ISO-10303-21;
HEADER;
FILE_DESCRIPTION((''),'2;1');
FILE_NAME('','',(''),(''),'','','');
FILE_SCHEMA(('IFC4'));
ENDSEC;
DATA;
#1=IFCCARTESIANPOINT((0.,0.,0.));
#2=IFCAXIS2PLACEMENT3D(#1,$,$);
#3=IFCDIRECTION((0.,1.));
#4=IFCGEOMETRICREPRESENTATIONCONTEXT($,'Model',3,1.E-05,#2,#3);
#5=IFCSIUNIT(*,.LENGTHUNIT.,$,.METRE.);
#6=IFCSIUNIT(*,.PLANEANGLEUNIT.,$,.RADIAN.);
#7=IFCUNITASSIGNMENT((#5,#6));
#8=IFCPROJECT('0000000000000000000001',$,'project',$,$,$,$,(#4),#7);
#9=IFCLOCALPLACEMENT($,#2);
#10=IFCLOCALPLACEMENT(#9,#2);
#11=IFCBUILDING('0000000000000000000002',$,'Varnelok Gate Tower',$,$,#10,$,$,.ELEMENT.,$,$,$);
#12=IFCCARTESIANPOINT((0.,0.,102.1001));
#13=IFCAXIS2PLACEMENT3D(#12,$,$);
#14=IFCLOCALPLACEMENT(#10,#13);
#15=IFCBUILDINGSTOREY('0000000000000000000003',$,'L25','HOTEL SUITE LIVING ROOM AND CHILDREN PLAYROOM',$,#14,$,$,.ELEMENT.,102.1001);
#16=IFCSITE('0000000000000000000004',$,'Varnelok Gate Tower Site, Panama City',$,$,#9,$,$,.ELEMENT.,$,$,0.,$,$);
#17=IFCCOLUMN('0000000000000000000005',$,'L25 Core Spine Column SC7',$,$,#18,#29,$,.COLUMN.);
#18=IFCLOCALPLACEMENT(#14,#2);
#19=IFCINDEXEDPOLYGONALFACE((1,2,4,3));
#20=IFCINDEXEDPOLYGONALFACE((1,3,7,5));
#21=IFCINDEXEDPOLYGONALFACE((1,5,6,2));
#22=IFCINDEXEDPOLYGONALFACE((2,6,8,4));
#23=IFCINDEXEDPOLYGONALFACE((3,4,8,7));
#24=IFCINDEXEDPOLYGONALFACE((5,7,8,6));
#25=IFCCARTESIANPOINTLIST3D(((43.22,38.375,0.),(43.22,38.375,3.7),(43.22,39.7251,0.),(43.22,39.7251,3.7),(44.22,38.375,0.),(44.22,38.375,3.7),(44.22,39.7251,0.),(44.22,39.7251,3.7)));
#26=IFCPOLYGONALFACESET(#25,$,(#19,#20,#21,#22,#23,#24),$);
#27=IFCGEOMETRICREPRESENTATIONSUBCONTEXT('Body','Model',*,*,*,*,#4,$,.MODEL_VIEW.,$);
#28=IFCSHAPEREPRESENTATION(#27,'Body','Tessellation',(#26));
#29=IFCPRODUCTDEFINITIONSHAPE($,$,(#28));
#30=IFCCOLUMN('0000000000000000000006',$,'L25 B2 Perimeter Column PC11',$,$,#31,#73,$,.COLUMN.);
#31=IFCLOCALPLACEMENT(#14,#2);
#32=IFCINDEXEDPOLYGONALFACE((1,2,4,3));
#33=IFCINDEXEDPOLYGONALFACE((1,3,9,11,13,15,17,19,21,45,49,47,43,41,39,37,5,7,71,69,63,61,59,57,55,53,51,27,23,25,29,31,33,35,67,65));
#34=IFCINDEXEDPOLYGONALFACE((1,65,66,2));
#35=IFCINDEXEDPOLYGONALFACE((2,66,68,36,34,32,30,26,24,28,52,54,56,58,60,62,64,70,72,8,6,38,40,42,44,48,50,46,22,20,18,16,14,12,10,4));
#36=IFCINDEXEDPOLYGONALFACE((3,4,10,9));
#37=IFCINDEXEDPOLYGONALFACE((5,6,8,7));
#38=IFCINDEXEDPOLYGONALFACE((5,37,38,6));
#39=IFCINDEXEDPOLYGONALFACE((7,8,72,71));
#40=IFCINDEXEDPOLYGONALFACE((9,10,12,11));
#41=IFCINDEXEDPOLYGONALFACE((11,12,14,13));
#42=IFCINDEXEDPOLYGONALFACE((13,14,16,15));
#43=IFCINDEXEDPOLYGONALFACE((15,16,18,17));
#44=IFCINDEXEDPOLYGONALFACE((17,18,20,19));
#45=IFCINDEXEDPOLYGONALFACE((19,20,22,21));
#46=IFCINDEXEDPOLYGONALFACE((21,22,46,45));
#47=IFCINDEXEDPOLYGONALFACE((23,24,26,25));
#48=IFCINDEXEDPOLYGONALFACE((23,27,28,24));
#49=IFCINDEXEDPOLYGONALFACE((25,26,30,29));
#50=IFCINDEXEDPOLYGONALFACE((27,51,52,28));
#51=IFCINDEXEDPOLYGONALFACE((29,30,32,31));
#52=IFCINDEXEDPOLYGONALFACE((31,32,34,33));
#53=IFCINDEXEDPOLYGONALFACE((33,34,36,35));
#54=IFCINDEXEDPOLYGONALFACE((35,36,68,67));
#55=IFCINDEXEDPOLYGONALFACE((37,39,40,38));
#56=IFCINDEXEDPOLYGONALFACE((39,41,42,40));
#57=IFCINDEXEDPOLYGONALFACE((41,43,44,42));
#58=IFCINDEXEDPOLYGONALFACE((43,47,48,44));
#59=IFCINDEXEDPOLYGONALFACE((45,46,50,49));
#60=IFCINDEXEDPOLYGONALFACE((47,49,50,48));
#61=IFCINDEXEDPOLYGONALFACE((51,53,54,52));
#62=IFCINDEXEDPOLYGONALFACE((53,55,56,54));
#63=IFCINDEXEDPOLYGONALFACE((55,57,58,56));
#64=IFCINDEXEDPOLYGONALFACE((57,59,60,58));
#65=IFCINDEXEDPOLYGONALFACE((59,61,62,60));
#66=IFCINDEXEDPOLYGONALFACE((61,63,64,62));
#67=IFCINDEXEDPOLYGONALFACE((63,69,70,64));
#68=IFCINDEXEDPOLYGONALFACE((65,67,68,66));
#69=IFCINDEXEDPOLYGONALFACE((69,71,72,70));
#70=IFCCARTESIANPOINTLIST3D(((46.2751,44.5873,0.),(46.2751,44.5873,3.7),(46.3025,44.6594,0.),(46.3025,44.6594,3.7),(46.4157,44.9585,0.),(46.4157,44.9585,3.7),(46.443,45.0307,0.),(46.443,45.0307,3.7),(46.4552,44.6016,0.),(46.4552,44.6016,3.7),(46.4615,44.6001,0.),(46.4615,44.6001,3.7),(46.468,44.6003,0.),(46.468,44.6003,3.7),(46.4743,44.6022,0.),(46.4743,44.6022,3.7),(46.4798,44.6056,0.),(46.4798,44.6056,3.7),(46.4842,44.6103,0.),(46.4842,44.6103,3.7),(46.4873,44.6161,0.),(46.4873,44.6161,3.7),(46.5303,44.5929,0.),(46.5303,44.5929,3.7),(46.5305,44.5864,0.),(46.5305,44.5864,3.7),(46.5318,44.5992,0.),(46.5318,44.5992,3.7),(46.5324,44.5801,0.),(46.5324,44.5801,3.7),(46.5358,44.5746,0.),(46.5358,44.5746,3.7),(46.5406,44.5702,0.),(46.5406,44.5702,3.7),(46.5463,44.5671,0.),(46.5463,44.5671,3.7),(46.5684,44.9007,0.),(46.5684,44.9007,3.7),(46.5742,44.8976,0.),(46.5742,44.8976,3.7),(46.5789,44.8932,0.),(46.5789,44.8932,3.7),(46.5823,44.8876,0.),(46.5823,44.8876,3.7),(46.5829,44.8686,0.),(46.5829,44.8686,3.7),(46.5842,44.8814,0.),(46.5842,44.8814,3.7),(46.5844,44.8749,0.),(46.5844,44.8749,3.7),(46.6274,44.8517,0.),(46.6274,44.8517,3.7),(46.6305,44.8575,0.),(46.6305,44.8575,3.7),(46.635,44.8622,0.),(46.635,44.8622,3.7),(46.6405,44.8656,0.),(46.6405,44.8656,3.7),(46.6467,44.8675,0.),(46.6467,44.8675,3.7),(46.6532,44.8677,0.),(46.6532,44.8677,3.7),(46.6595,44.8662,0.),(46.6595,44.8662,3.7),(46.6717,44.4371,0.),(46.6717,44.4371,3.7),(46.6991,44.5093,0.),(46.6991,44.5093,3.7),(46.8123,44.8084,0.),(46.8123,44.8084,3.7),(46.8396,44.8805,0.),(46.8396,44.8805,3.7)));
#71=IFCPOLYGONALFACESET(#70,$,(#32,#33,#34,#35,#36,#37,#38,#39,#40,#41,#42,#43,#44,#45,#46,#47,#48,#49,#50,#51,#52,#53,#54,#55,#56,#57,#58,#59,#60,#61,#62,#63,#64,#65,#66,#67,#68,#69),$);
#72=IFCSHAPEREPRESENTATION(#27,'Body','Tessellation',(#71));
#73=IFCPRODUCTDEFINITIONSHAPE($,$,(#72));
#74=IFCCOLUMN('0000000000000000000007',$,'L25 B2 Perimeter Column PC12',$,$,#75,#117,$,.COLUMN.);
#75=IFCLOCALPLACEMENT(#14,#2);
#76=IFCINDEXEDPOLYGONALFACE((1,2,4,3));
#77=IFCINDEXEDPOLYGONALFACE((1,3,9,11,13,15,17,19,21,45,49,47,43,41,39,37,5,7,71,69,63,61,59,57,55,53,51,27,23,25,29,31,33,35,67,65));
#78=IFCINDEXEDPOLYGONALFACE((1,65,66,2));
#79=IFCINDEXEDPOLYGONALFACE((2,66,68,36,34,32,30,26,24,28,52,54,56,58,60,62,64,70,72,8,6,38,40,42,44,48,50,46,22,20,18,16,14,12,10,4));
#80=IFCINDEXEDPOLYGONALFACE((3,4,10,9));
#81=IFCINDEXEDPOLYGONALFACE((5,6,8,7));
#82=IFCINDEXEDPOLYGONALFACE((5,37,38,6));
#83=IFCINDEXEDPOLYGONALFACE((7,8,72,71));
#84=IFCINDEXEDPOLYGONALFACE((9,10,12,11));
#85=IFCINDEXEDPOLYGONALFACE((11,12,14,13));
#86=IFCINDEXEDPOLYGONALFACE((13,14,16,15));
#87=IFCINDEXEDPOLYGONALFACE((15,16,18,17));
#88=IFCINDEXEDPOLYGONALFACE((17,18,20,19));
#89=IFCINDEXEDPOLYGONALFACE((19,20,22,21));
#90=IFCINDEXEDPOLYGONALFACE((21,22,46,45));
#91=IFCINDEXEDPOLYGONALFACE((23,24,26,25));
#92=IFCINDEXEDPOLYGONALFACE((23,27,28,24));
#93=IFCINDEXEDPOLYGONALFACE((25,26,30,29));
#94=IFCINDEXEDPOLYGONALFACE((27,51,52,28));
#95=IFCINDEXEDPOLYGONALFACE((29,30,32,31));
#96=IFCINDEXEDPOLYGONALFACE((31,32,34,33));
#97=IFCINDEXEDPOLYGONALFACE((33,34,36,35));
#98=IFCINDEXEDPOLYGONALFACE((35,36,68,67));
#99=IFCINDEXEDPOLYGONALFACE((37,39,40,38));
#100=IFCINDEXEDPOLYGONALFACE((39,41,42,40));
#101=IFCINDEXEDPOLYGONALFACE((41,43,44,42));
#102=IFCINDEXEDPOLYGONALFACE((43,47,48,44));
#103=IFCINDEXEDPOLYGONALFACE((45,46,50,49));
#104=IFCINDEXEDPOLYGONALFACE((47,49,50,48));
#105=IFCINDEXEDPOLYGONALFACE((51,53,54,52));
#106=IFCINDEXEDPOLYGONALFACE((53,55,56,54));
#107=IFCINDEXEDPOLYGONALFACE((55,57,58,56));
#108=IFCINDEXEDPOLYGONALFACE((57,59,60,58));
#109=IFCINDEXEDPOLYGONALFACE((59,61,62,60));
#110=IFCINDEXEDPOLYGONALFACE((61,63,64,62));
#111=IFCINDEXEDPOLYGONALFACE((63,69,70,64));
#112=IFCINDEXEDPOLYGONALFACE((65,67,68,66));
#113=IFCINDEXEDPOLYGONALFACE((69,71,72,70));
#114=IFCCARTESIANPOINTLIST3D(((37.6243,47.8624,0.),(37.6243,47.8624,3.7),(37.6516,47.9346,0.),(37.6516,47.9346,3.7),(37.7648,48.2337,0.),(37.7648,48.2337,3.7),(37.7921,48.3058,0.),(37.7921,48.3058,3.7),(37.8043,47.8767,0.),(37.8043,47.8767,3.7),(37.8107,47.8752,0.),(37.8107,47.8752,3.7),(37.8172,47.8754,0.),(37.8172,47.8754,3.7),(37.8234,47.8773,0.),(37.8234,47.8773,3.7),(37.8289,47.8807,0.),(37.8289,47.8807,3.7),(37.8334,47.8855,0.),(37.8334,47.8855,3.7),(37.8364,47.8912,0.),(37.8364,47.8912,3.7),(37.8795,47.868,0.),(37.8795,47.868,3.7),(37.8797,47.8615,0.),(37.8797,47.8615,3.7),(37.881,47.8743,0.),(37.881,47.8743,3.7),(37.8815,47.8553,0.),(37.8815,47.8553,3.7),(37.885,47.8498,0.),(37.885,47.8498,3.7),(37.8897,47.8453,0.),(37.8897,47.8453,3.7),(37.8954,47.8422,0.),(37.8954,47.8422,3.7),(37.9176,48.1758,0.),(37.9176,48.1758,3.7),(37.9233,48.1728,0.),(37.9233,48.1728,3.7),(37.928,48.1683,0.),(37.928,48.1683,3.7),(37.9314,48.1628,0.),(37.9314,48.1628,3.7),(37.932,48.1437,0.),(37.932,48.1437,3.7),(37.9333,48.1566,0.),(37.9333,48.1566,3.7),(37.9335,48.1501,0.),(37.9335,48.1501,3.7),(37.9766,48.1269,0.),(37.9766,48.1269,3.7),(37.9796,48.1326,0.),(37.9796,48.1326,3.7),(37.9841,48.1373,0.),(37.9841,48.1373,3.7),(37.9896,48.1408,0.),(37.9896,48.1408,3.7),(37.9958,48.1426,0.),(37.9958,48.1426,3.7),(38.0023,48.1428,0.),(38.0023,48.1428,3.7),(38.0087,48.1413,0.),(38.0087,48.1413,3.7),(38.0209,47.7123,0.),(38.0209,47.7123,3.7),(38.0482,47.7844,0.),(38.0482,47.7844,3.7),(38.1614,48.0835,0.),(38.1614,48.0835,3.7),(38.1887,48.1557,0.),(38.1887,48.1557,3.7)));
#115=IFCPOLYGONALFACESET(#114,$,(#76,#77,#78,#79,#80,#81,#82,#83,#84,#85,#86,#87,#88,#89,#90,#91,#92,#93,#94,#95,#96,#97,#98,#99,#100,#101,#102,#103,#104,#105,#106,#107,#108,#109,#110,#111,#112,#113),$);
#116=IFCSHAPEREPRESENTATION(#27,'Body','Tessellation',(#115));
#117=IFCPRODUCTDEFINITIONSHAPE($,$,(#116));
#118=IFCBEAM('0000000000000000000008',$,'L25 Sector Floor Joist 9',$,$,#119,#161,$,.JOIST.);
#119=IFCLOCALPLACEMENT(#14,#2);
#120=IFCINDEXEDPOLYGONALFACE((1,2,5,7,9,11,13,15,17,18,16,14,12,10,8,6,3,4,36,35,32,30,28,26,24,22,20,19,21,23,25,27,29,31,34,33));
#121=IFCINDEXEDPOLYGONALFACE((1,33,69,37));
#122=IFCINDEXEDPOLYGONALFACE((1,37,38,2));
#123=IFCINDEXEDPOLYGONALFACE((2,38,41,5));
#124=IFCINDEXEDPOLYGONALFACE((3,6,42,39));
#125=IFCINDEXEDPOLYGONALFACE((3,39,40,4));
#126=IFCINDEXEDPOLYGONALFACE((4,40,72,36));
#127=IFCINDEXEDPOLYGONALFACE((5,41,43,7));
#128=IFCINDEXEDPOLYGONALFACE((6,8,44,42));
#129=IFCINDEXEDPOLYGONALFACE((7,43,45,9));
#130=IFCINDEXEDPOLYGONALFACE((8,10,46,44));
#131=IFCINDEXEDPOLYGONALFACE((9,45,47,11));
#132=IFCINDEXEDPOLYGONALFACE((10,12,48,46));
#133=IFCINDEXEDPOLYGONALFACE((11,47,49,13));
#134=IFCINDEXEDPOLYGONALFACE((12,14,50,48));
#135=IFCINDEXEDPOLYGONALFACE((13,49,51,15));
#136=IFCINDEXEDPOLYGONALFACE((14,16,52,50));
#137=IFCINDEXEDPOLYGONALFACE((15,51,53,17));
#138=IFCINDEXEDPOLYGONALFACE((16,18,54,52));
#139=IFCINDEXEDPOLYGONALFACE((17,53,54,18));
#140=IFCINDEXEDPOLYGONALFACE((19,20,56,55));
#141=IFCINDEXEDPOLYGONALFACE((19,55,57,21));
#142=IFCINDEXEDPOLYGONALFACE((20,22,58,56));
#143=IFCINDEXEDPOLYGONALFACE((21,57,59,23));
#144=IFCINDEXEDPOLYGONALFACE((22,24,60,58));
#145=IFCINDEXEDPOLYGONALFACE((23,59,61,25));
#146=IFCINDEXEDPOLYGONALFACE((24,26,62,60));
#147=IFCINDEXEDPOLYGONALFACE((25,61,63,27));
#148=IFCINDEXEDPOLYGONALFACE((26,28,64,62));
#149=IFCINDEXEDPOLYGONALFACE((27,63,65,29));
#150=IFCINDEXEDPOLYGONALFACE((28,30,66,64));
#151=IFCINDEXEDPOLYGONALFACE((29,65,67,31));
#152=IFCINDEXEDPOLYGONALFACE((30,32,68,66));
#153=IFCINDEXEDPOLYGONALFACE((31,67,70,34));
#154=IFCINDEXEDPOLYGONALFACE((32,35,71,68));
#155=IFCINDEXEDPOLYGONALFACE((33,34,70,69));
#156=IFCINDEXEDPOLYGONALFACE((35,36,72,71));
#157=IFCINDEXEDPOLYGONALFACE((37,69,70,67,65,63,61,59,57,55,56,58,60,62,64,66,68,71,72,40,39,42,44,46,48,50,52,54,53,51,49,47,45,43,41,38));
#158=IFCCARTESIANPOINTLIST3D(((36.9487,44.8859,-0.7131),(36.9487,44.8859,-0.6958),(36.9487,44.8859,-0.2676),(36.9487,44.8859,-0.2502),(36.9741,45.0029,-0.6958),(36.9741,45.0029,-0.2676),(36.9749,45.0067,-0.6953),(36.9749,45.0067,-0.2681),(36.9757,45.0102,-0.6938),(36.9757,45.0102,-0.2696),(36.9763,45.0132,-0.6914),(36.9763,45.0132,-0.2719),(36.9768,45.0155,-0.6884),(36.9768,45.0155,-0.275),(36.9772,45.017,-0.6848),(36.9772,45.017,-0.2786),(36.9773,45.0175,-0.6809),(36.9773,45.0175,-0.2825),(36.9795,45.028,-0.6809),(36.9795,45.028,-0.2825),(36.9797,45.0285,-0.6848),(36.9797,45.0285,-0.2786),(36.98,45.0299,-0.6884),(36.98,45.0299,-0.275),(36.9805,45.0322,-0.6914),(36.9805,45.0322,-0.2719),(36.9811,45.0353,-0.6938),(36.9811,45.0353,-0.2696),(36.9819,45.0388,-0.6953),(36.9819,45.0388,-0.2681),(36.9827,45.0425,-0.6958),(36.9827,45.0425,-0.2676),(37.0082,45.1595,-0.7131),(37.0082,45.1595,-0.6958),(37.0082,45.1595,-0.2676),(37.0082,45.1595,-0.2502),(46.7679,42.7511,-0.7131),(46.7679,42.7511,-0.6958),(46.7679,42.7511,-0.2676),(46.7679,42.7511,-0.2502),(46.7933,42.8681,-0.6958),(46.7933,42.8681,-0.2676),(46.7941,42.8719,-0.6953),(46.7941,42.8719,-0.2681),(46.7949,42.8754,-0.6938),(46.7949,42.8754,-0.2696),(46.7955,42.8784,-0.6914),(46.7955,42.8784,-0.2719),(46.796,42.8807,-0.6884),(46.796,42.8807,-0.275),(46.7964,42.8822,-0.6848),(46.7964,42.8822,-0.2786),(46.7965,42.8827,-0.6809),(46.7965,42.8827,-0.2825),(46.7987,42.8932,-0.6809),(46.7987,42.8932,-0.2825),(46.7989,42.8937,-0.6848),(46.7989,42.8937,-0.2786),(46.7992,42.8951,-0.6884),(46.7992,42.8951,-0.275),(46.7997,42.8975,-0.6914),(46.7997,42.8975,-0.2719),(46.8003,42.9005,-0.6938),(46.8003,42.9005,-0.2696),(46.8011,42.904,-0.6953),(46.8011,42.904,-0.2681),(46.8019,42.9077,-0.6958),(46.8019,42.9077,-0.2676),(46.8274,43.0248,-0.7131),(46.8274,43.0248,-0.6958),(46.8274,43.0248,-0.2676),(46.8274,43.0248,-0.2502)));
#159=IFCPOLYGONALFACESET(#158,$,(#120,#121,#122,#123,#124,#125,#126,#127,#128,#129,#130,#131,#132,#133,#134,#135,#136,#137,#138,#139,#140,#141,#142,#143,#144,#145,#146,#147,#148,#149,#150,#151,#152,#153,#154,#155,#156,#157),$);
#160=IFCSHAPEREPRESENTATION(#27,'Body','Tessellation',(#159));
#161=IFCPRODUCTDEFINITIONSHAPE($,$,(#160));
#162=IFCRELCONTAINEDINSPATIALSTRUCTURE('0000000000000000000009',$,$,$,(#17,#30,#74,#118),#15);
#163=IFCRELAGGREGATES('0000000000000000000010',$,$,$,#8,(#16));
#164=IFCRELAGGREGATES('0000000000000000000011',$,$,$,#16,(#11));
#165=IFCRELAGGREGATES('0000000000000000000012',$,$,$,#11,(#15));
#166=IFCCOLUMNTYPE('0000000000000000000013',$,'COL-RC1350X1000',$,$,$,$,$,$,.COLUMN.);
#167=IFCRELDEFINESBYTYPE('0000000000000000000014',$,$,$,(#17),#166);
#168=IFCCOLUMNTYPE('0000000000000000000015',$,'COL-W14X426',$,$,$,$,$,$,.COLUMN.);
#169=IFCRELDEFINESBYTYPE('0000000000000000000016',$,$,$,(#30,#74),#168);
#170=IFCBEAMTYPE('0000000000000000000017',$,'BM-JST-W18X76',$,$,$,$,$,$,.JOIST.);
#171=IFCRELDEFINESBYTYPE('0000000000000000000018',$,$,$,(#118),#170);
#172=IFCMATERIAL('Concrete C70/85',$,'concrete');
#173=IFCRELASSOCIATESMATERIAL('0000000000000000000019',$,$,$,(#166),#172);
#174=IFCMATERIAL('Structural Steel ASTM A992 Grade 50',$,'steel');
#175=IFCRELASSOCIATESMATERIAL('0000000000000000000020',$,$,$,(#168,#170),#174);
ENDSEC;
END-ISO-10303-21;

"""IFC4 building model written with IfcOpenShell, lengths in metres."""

from ifc_helpers import new_model, si_unit, direction, frame, origin, origin_2d, place, context, subcontext, project, spatial, rectangle, i_section, extrude, material, material_profile, profile_set, type_object, element, save


model = new_model("IFC4")

# Units and contexts
model_context = context("Model", 3, precision=1e-05, world=origin(), true_north=direction((0.0, 1.0)))
body_context = subcontext(model_context, "Body", "Model", "MODEL_VIEW")
ifc_project = project(units=[si_unit("LENGTHUNIT", "METRE"), si_unit("PLANEANGLEUNIT", "RADIAN")], contexts=[model_context])

# Site, building, storey
site_placement = place(None, origin())
site = spatial("IfcSite", under=ifc_project, at=site_placement, Name="Varnelok Gate Tower Site, Panama City", CompositionType="ELEMENT", RefElevation=0.0)
building_placement = place(site_placement, origin())
building = spatial("IfcBuilding", under=site, at=building_placement, Name="Varnelok Gate Tower", CompositionType="ELEMENT")
storey_placement = place(building_placement, frame((0.0, 0.0, 102.1001)))
storey = spatial("IfcBuildingStorey", under=building, at=storey_placement, Name="L25", Description="HOTEL SUITE LIVING ROOM AND CHILDREN PLAYROOM", CompositionType="ELEMENT", Elevation=102.1001)

# Columns
ifc_material_1 = material(Name="Concrete C70/85", Category="concrete")
ifc_material_profile_1 = material_profile(ifc_material_1, rectangle(XDim=1.0, YDim=1.3501, at=origin_2d()), Name="RC1350X1000")
ifc_profile_set_1 = profile_set([ifc_material_profile_1], Name="Concrete C70/85")
column_type_1 = type_object("IfcColumnType", Name="COL-RC1350X1000", PredefinedType="COLUMN", material=ifc_profile_set_1)
column_placement = place(storey_placement, frame((43.72, 39.05, 0.0), z_axis=(0.0, 0.0, 1.0), x_axis=(1.0, 0.0, 0.0)))
element("IfcColumn", 1, at=column_placement, inside=storey, type_object=column_type_1, Name="L25 Core Spine Column SC7", PredefinedType="COLUMN", context=body_context, shape_type="SweptSolid", body=[
    extrude(rectangle(XDim=1.0, YDim=1.3501, at=origin_2d()), origin(), (0.0, 0.0, 1.0), 3.7),
])
ifc_material_2 = material(Name="Structural Steel ASTM A992 Grade 50", Category="steel")
ifc_material_profile_2 = material_profile(ifc_material_2, i_section(OverallWidth=0.4241, OverallDepth=0.4741, WebThickness=0.0476, FlangeThickness=0.0771, FilletRadius=0.0249, at=origin_2d()), Name="W14X426")
ifc_profile_set_2 = profile_set([ifc_material_profile_2], Name="Structural Steel ASTM A992 Grade 50")
column_type_2 = type_object("IfcColumnType", Name="COL-W14X426", PredefinedType="COLUMN", material=ifc_profile_set_2)
for number, where, z_axis, x_axis, name in (
    (2, (46.5574, 44.7339, 0.0), (0.0, 0.0, 1.0), (0.935222, -0.354063, 0.0), "L25 B2 Perimeter Column PC11"),
    (3, (37.9065, 48.009, 0.0), (0.0, 0.0, 1.0), (0.935222, -0.354063, 0.0), "L25 B2 Perimeter Column PC12"),
):
    element("IfcColumn", number, at=place(storey_placement, frame(where, z_axis=z_axis, x_axis=x_axis)), inside=storey, type_object=column_type_2, Name=name, PredefinedType="COLUMN", context=body_context, shape_type="SweptSolid", body=[
        extrude(i_section(OverallWidth=0.4241, OverallDepth=0.4741, WebThickness=0.0476, FlangeThickness=0.0771, FilletRadius=0.0249, at=origin_2d()), origin(), (0.0, 0.0, 1.0), 3.7),
    ])

# Beam
ifc_material_profile_3 = material_profile(ifc_material_2, i_section(OverallWidth=0.28, OverallDepth=0.4629, WebThickness=0.0107, FlangeThickness=0.0173, FilletRadius=0.0149, at=origin_2d()), Name="W18X76")
ifc_profile_set_3 = profile_set([ifc_material_profile_3], Name="Structural Steel ASTM A992 Grade 50")
beam_type_1 = type_object("IfcBeamType", Name="BM-JST-W18X76", PredefinedType="JOIST", material=ifc_profile_set_3)
beam_1_placement = place(storey_placement, frame((46.7976, 42.8879, -0.4817), z_axis=(-0.977173, 0.212447, 0.0), x_axis=(-0.212447, -0.977173, 0.0)))
element("IfcBeam", 4, at=beam_1_placement, inside=storey, type_object=beam_type_1, Name="L25 Sector Floor Joist 9", PredefinedType="JOIST", context=body_context, shape_type="SweptSolid", body=[
    extrude(i_section(OverallWidth=0.28, OverallDepth=0.4629, WebThickness=0.0107, FlangeThickness=0.0173, FilletRadius=0.0149, at=origin_2d()), origin(), (0.0, 0.0, 1.0), 10.0486),
])

save(model, "model.ifc")
